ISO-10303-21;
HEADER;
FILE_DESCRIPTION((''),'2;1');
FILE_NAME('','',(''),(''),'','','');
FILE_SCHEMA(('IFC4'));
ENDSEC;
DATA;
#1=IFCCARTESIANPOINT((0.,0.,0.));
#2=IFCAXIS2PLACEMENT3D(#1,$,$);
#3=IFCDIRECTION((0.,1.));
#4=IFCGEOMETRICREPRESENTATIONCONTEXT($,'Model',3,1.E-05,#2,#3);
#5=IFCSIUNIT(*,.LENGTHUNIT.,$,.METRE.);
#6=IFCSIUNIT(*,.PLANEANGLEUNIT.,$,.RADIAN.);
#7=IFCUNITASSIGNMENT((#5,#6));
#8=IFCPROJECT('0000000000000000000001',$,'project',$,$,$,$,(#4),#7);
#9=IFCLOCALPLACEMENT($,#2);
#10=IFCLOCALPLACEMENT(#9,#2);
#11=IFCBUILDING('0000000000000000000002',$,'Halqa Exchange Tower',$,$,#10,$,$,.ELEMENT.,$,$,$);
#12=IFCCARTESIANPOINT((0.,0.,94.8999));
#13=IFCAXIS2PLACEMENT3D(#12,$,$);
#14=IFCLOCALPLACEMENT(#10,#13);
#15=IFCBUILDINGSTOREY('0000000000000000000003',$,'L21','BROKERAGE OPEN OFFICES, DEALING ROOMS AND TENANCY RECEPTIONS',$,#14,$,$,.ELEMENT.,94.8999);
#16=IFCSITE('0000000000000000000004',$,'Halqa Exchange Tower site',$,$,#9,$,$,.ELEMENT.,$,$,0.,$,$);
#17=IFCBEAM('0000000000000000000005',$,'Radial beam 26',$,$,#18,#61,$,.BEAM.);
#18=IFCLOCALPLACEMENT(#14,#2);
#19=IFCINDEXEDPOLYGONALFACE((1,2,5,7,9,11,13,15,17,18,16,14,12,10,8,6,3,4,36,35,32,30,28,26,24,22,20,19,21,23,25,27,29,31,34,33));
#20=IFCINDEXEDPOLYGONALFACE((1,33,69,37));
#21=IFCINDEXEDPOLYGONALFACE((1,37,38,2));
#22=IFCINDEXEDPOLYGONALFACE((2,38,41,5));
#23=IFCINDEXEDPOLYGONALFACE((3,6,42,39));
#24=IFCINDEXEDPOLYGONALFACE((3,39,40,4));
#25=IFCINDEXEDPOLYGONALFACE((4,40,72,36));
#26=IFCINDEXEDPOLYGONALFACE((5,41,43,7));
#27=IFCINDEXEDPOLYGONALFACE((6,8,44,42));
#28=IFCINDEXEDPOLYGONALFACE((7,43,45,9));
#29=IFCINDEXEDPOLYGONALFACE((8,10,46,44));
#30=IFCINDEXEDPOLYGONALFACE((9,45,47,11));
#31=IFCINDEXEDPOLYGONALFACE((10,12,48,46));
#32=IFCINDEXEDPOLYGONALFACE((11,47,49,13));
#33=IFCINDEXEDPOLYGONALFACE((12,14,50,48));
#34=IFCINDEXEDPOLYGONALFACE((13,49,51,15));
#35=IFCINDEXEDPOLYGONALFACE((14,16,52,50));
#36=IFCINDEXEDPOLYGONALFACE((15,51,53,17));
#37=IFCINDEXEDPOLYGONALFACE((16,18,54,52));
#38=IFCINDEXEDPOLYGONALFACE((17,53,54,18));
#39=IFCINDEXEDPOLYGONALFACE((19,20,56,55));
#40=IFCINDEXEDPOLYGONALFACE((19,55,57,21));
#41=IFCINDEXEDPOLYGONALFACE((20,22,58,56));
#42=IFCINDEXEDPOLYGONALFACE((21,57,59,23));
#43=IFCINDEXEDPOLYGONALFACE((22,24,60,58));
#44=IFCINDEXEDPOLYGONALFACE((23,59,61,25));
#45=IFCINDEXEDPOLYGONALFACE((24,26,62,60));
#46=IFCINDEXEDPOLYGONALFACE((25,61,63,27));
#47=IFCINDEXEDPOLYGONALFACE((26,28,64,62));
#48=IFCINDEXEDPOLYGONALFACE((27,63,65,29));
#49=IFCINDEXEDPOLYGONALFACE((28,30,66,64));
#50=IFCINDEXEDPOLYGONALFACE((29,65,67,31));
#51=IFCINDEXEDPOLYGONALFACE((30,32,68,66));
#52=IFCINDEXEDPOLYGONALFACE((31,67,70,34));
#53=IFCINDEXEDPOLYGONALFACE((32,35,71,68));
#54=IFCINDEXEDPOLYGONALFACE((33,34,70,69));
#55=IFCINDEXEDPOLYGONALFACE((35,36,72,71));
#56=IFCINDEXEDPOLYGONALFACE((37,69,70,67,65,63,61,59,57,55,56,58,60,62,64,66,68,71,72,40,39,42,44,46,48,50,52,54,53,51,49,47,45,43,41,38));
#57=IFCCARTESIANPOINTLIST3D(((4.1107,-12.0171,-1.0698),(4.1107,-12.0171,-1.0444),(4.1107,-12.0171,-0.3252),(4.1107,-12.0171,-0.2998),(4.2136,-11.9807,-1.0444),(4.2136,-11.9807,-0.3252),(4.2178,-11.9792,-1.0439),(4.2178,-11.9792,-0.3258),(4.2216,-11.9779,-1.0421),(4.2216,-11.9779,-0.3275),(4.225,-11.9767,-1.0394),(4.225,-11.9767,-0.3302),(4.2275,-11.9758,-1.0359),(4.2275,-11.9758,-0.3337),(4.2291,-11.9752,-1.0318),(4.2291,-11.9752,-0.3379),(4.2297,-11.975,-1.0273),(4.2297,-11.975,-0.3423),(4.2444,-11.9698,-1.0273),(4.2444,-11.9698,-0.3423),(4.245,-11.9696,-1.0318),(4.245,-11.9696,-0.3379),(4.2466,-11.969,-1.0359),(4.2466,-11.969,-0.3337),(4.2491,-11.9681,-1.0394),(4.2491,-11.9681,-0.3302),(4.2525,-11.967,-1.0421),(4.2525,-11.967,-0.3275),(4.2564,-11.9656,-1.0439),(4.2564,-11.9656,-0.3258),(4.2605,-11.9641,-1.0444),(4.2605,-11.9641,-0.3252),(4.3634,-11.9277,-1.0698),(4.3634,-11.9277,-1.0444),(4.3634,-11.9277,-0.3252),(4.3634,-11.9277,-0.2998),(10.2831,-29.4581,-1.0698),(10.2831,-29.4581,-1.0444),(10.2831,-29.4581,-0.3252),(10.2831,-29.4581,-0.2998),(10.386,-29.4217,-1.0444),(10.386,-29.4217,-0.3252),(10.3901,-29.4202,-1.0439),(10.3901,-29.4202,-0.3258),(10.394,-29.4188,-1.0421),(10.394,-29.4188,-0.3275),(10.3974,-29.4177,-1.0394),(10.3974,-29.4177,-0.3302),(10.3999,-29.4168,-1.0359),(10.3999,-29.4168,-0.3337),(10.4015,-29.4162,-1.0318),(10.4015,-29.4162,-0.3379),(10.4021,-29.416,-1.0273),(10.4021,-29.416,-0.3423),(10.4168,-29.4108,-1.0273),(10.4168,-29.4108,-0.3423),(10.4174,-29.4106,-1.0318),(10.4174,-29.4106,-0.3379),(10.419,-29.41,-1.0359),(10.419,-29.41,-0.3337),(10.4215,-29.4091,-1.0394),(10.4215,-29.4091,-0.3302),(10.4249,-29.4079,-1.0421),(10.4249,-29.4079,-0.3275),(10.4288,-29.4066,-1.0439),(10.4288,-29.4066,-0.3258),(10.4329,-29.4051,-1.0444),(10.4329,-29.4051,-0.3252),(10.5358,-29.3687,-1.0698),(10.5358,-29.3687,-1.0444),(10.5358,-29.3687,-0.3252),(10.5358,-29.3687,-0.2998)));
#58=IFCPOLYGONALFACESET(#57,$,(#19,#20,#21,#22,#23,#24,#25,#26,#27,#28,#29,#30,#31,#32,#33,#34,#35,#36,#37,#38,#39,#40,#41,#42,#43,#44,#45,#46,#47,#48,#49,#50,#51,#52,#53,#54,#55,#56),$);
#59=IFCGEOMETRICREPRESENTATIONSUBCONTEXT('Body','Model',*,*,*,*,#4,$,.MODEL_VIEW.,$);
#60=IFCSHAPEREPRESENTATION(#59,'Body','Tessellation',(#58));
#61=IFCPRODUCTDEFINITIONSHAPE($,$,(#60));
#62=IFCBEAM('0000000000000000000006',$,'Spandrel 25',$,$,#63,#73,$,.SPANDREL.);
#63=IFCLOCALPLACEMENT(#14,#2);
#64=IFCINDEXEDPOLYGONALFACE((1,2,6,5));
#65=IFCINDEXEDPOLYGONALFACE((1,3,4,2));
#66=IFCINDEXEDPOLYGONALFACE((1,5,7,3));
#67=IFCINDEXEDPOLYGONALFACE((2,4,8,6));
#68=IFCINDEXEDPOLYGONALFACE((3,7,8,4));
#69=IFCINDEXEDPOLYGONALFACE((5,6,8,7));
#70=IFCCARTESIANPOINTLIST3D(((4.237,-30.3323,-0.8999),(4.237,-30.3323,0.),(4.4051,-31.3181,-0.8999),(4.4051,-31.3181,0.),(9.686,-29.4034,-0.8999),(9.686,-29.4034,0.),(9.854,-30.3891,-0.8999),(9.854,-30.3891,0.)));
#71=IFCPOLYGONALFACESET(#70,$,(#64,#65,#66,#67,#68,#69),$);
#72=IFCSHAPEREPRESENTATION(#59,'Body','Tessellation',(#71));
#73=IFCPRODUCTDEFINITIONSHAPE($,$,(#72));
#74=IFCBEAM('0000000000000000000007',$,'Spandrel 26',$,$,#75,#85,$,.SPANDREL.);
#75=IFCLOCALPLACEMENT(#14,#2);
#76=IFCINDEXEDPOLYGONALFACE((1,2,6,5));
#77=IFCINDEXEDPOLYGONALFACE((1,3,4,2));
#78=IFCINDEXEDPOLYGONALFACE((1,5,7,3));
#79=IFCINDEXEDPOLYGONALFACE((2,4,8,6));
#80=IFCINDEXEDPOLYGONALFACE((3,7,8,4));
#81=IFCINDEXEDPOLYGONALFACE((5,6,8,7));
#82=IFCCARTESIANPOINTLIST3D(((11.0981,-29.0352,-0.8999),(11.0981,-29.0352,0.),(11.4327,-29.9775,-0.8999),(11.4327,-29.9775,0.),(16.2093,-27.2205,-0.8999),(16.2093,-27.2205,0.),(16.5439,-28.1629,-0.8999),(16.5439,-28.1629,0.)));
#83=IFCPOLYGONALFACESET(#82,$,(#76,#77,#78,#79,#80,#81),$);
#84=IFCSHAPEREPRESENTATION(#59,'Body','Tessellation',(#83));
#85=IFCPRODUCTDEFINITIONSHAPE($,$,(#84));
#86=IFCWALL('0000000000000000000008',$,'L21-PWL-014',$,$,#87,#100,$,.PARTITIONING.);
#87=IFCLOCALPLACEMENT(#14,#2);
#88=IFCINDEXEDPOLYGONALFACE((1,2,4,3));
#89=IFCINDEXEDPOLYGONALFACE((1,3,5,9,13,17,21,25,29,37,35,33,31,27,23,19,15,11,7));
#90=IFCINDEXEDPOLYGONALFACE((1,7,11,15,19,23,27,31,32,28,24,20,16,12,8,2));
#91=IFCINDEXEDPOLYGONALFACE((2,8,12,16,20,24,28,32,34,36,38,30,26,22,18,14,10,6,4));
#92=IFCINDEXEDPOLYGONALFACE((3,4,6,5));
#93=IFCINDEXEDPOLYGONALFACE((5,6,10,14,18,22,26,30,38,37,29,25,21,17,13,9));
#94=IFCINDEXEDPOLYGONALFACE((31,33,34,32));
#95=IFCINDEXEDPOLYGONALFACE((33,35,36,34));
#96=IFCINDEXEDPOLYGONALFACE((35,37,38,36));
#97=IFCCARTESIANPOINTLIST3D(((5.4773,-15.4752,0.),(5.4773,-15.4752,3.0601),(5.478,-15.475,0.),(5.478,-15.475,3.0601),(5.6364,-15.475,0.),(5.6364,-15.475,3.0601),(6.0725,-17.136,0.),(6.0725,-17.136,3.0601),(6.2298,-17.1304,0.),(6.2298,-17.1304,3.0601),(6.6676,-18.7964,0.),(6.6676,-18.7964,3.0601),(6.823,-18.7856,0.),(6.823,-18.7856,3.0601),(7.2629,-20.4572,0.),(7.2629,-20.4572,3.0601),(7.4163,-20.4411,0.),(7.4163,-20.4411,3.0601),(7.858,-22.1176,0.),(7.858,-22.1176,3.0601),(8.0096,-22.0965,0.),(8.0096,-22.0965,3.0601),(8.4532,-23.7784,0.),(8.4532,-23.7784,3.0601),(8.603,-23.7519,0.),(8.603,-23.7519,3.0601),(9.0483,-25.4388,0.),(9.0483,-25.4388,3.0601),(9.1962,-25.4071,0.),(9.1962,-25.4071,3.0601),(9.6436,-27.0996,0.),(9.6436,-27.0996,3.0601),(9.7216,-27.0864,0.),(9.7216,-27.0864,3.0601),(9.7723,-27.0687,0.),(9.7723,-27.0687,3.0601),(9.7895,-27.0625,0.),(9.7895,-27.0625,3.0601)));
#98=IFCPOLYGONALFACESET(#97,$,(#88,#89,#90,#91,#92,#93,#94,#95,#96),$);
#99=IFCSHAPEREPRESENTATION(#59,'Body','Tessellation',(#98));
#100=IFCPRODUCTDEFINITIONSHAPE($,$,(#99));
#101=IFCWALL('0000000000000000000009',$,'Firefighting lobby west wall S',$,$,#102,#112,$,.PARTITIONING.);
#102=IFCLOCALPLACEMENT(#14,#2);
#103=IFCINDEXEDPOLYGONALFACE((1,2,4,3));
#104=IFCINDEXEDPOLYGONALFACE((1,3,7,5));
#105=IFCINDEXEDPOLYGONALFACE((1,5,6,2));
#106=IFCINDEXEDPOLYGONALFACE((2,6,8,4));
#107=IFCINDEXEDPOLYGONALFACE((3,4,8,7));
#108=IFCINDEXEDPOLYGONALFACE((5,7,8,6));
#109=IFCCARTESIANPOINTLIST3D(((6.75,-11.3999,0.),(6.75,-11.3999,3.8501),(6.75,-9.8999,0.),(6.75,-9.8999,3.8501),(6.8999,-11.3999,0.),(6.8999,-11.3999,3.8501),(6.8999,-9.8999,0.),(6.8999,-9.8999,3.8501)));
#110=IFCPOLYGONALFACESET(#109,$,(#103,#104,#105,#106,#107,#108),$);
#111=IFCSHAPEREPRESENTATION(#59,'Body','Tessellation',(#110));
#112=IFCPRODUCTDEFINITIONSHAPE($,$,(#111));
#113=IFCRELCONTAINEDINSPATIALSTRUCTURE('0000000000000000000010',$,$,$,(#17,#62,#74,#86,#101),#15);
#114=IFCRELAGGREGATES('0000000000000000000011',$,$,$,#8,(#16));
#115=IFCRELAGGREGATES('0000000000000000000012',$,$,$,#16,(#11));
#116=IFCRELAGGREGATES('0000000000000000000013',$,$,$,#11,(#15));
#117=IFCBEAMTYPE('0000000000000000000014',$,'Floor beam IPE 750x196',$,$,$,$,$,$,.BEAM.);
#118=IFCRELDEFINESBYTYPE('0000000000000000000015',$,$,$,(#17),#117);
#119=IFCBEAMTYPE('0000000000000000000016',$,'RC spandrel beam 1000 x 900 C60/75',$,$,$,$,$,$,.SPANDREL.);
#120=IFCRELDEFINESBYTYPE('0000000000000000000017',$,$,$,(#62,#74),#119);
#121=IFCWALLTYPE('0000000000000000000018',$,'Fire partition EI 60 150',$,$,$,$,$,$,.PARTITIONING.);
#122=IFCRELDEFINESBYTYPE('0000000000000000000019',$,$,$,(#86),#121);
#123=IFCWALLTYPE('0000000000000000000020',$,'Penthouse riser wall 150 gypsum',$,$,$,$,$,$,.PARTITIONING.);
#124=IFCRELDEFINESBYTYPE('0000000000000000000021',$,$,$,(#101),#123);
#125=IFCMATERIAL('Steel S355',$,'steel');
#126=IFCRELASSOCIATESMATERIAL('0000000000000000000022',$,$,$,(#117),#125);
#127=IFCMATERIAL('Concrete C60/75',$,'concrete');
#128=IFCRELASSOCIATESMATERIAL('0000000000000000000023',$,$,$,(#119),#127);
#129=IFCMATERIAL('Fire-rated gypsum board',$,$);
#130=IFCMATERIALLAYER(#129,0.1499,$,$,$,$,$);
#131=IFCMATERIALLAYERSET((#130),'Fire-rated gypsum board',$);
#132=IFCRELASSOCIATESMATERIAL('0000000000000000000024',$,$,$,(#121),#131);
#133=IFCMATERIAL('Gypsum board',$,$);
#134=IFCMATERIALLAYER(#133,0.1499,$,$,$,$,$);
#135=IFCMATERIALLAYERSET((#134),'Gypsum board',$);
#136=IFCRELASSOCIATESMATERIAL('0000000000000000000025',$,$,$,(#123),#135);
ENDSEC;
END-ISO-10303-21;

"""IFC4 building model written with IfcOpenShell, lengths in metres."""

from ifc_helpers import new_model, si_unit, direction, frame, frame_2d, origin, origin_2d, place, context, subcontext, project, spatial, polyline, rectangle, i_section, outline, extrude, material, layer, layer_set, material_profile, profile_set, type_object, element, save


model = new_model("IFC4")

# Units and contexts
model_context = context("Model", 3, precision=1e-05, world=origin(), true_north=direction((0.0, 1.0)))
body_context = subcontext(model_context, "Body", "Model", "MODEL_VIEW")
ifc_project = project(units=[si_unit("LENGTHUNIT", "METRE"), si_unit("PLANEANGLEUNIT", "RADIAN")], contexts=[model_context])

# Site, building, storey
site_placement = place(None, origin())
site = spatial("IfcSite", under=ifc_project, at=site_placement, Name="Halqa Exchange Tower site", CompositionType="ELEMENT", RefElevation=0.0)
building_placement = place(site_placement, origin())
building = spatial("IfcBuilding", under=site, at=building_placement, Name="Halqa Exchange Tower", CompositionType="ELEMENT")
storey_placement = place(building_placement, frame((0.0, 0.0, 94.8999)))
storey = spatial("IfcBuildingStorey", under=building, at=storey_placement, Name="L21", Description="BROKERAGE OPEN OFFICES, DEALING ROOMS AND TENANCY RECEPTIONS", CompositionType="ELEMENT", Elevation=94.8999)

# Beams
ifc_material_1 = material(Name="Steel S355", Category="steel")
ifc_material_profile_1 = material_profile(ifc_material_1, i_section(OverallWidth=0.2681, OverallDepth=0.77, WebThickness=0.0156, FlangeThickness=0.0254, FilletRadius=0.0171, at=origin_2d()), Name="IPE 750x196")
ifc_profile_set_1 = profile_set([ifc_material_profile_1], Name="Steel S355")
beam_type_1 = type_object("IfcBeamType", Name="Floor beam IPE 750x196", PredefinedType="BEAM", material=ifc_profile_set_1)
beam_1_placement = place(storey_placement, frame((4.2371, -11.9724, -0.6848), z_axis=(0.333625, -0.942706, 0.0), x_axis=(0.942706, 0.333625, 0.0)))
element("IfcBeam", 1, at=beam_1_placement, inside=storey, type_object=beam_type_1, Name="Radial beam 26", PredefinedType="BEAM", context=body_context, shape_type="SweptSolid", body=[
    extrude(i_section(OverallWidth=0.2681, OverallDepth=0.77, WebThickness=0.0156, FlangeThickness=0.0254, FilletRadius=0.0171, at=origin_2d()), origin(), (0.0, 0.0, 1.0), 18.501),
])
ifc_material_2 = material(Name="Concrete C60/75", Category="concrete")
ifc_material_profile_2 = material_profile(ifc_material_2, rectangle(XDim=1.0, YDim=0.8999, at=origin_2d()), Name="1000 x 900")
ifc_profile_set_2 = profile_set([ifc_material_profile_2], Name="Concrete C60/75")
beam_type_2 = type_object("IfcBeamType", Name="RC spandrel beam 1000 x 900 C60/75", PredefinedType="SPANDREL", material=ifc_profile_set_2)
beam_2_placement = place(storey_placement, frame((4.321, -30.8252, -0.45), z_axis=(0.985777, 0.168058, 0.0), x_axis=(-0.168058, 0.985777, 0.0)))
element("IfcBeam", 2, at=beam_2_placement, inside=storey, type_object=beam_type_2, Name="Spandrel 25", PredefinedType="SPANDREL", context=body_context, shape_type="SweptSolid", body=[
    extrude(rectangle(XDim=1.0, YDim=0.8999, at=origin_2d()), origin(), (0.0, 0.0, 1.0), 5.5276),
])
beam_3_placement = place(storey_placement, frame((11.2654, -29.5063, -0.45), z_axis=(0.94237, 0.334574, 0.0), x_axis=(-0.334574, 0.94237, 0.0)))
element("IfcBeam", 3, at=beam_3_placement, inside=storey, type_object=beam_type_2, Name="Spandrel 26", PredefinedType="SPANDREL", context=body_context, shape_type="SweptSolid", body=[
    extrude(rectangle(XDim=1.0, YDim=0.8999, at=origin_2d()), origin(), (0.0, 0.0, 1.0), 5.4238),
])

# Walls
ifc_material_3 = material(Name="Fire-rated gypsum board")
ifc_layer_1 = layer(ifc_material_3, 0.1499)
ifc_layer_set_1 = layer_set([ifc_layer_1], Name="Fire-rated gypsum board")
wall_type_1 = type_object("IfcWallType", Name="Fire partition EI 60 150", PredefinedType="PARTITIONING", material=ifc_layer_set_1)
wall_1_placement = place(storey_placement, frame((5.5479, -15.45, 0.0), z_axis=(0.0, 0.0, 1.0), x_axis=(0.337393, -0.941364, 0.0)))
element("IfcWall", 4, at=wall_1_placement, inside=storey, type_object=wall_type_1, Name="L21-PWL-014", PredefinedType="PARTITIONING", context=body_context, shape_type="SweptSolid", body=[
    extrude(outline(polyline([(0.0, -0.075), (1.7642, -0.075), (3.5281, -0.075), (5.2922, -0.075), (7.0562, -0.075), (8.8203, -0.075), (10.5842, -0.075), (12.3484, -0.075), (12.3623, 0.0029), (12.3628, 0.0566), (12.3628, 0.075), (10.6042, 0.075), (8.8459, 0.075), (7.0874, 0.075), (5.3289, 0.075), (3.5703, 0.075), (1.812, 0.075), (0.0535, 0.075), (0.0, -0.0742), (0.0, -0.075)])), origin(), (0.0, 0.0, 1.0), 3.0601),
])
ifc_material_4 = material(Name="Gypsum board")
ifc_layer_2 = layer(ifc_material_4, 0.1499)
ifc_layer_set_2 = layer_set([ifc_layer_2], Name="Gypsum board")
wall_type_2 = type_object("IfcWallType", Name="Penthouse riser wall 150 gypsum", PredefinedType="PARTITIONING", material=ifc_layer_set_2)
wall_2_placement = place(storey_placement, frame((6.825, -11.3999, 0.0), z_axis=(0.0, 0.0, 1.0), x_axis=(0.0, 1.0, 0.0)))
element("IfcWall", 5, at=wall_2_placement, inside=storey, type_object=wall_type_2, Name="Firefighting lobby west wall S", PredefinedType="PARTITIONING", context=body_context, shape_type="SweptSolid", body=[
    extrude(rectangle(XDim=1.5, YDim=0.1499, at=frame_2d((0.75, 0.0))), origin(), (0.0, 0.0, 1.0), 3.8501),
])

save(model, "model.ifc")
